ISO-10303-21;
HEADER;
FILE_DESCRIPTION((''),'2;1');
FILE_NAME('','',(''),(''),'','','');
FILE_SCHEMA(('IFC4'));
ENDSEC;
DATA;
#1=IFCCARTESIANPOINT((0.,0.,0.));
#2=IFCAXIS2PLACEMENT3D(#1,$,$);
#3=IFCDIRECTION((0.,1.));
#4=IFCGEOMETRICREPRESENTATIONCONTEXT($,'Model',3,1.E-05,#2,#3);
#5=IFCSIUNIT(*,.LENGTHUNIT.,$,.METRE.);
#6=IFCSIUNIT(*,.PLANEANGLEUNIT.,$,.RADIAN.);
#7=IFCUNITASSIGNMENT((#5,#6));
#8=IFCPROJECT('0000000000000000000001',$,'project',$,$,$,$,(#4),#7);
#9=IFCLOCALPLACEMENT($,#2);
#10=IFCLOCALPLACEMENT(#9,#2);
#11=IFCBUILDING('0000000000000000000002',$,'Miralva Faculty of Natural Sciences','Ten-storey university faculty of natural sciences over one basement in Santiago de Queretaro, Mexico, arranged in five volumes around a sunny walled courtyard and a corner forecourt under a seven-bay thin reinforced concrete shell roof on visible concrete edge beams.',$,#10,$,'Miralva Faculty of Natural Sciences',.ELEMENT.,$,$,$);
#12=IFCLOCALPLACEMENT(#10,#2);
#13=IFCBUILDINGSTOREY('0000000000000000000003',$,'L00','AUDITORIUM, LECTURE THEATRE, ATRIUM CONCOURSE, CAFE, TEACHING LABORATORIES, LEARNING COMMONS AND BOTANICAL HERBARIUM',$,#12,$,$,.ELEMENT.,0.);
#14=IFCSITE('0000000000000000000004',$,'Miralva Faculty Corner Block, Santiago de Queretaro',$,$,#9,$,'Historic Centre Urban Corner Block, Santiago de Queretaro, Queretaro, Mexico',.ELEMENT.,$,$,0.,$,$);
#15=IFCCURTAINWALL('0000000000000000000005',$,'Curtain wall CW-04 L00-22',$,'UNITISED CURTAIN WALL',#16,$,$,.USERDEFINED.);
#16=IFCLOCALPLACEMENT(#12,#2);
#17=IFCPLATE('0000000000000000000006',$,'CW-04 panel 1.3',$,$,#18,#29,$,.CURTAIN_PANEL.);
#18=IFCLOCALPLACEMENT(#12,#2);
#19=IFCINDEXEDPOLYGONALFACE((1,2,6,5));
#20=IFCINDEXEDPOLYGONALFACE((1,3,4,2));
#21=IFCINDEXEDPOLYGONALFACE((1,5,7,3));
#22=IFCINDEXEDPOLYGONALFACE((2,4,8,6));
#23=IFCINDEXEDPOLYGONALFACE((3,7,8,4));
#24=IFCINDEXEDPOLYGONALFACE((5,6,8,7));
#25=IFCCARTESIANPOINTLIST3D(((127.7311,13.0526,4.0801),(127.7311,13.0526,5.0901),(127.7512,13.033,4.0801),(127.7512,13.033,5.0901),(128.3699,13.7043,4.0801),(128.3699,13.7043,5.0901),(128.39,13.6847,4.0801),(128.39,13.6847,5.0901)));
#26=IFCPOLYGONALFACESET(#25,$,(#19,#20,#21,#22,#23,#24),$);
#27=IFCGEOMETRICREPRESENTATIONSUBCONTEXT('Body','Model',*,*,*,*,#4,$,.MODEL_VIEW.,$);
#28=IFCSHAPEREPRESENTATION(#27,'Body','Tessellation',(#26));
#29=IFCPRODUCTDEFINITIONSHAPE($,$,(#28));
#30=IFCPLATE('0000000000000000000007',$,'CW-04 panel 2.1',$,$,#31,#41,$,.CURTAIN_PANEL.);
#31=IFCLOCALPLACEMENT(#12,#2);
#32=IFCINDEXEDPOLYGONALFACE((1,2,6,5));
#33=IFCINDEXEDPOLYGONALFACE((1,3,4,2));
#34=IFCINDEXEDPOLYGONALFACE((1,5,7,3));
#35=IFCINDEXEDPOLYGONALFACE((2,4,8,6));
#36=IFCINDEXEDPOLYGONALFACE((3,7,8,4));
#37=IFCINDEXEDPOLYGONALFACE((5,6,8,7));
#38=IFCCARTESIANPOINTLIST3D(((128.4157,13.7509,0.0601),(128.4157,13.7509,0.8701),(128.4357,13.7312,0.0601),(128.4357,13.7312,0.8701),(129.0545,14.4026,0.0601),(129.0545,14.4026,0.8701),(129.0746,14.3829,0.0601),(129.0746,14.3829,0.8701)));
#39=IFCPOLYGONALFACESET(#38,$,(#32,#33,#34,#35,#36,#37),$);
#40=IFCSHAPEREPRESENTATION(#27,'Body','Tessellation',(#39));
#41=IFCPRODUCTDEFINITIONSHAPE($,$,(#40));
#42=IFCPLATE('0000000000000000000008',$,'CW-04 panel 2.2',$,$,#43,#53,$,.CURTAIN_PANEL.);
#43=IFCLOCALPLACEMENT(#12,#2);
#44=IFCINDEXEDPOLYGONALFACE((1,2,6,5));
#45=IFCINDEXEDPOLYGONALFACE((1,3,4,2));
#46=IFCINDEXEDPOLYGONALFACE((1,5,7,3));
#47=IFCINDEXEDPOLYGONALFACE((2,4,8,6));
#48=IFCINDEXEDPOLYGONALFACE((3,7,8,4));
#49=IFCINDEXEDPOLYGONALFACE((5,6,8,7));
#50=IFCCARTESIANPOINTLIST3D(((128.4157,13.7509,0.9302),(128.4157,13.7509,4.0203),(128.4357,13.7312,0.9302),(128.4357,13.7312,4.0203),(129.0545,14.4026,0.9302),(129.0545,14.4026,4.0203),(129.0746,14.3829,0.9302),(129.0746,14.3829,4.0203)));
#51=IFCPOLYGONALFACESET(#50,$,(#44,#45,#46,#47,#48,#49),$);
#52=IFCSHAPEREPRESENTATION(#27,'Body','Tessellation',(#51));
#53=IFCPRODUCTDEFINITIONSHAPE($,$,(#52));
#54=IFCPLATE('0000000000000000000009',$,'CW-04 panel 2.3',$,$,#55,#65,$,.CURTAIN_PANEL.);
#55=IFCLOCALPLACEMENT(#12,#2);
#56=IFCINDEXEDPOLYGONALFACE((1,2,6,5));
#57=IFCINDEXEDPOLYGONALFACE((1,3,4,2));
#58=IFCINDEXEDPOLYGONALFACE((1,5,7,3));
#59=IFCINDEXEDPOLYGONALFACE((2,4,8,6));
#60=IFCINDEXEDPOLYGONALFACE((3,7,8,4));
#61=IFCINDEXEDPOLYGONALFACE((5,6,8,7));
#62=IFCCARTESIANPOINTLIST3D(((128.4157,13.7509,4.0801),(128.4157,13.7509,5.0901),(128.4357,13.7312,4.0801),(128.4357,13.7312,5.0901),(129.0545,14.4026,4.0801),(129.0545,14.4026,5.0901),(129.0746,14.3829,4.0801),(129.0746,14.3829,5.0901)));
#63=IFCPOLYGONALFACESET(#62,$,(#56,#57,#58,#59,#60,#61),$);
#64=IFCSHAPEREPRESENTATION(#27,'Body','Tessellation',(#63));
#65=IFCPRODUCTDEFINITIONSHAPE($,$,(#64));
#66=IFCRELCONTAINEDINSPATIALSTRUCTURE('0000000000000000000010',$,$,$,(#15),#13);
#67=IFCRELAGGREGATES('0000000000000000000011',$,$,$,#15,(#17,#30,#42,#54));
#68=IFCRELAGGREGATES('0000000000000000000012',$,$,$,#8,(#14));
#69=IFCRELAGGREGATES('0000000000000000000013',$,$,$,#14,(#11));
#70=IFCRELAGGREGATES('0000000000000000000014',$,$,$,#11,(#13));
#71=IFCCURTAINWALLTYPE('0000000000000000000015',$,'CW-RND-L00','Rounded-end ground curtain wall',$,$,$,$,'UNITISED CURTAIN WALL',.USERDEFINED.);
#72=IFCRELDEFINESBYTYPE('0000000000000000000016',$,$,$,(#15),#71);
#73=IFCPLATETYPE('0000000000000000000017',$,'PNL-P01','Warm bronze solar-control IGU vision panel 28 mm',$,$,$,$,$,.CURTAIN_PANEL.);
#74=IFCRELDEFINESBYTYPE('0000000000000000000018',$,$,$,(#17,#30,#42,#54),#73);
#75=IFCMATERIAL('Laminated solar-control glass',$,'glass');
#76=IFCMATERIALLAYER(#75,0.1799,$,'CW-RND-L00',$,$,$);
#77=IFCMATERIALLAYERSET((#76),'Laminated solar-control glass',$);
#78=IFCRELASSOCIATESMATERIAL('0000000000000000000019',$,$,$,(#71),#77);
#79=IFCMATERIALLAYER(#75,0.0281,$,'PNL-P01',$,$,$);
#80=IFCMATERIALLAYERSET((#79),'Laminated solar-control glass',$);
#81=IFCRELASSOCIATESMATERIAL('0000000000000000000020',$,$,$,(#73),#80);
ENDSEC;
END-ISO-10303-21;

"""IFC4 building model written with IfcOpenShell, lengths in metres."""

from ifc_helpers import new_model, si_unit, direction, frame, origin, origin_2d, place, context, subcontext, project, spatial, rectangle, extrude, material, layer, layer_set, type_object, element, aggregate, save


model = new_model("IFC4")

# Units and contexts
model_context = context("Model", 3, precision=1e-05, world=origin(), true_north=direction((0.0, 1.0)))
body_context = subcontext(model_context, "Body", "Model", "MODEL_VIEW")
ifc_project = project(units=[si_unit("LENGTHUNIT", "METRE"), si_unit("PLANEANGLEUNIT", "RADIAN")], contexts=[model_context])

# Site, building, storey
site_placement = place(None, origin())
site = spatial("IfcSite", under=ifc_project, at=site_placement, Name="Miralva Faculty Corner Block, Santiago de Queretaro", LongName="Historic Centre Urban Corner Block, Santiago de Queretaro, Queretaro, Mexico", CompositionType="ELEMENT", RefElevation=0.0)
building_placement = place(site_placement, origin())
building = spatial("IfcBuilding", under=site, at=building_placement, Name="Miralva Faculty of Natural Sciences", Description="Ten-storey university faculty of natural sciences over one basement in Santiago de Queretaro, Mexico, arranged in five volumes around a sunny walled courtyard and a corner forecourt under a seven-bay thin reinforced concrete shell roof on visible concrete edge beams.", LongName="Miralva Faculty of Natural Sciences", CompositionType="ELEMENT")
storey_placement = place(building_placement, origin())
storey = spatial("IfcBuildingStorey", under=building, at=storey_placement, Name="L00", Description="AUDITORIUM, LECTURE THEATRE, ATRIUM CONCOURSE, CAFE, TEACHING LABORATORIES, LEARNING COMMONS AND BOTANICAL HERBARIUM", CompositionType="ELEMENT", Elevation=0.0)

# Curtain wall
ifc_material_1 = material(Name="Laminated solar-control glass", Category="glass")
ifc_layer_1 = layer(ifc_material_1, 0.1799, Name="CW-RND-L00")
ifc_layer_set_1 = layer_set([ifc_layer_1], Name="Laminated solar-control glass")
curtain_wall_type = type_object("IfcCurtainWallType", Name="CW-RND-L00", Description="Rounded-end ground curtain wall", ElementType="UNITISED CURTAIN WALL", PredefinedType="USERDEFINED", material=ifc_layer_set_1)
curtain_wall_1_placement = place(storey_placement, origin())
curtain_wall_1 = element("IfcCurtainWall", 1, at=curtain_wall_1_placement, inside=storey, type_object=curtain_wall_type, Name="Curtain wall CW-04 L00-22", ObjectType="UNITISED CURTAIN WALL", PredefinedType="USERDEFINED")

# Plates
ifc_layer_2 = layer(ifc_material_1, 0.0281, Name="PNL-P01")
ifc_layer_set_2 = layer_set([ifc_layer_2], Name="Laminated solar-control glass")
plate_type = type_object("IfcPlateType", Name="PNL-P01", Description="Warm bronze solar-control IGU vision panel 28 mm", PredefinedType="CURTAIN_PANEL", material=ifc_layer_set_2)
plate_1_placement = place(storey_placement, frame((128.0605, 13.3687, 4.0801), z_axis=(0.0, 0.0, 1.0), x_axis=(0.700018, 0.714125, 0.0)))
plate_1 = element("IfcPlate", 2, at=plate_1_placement, type_object=plate_type, Name="CW-04 panel 1.3", PredefinedType="CURTAIN_PANEL", context=body_context, shape_type="SweptSolid", body=[
    extrude(rectangle(XDim=0.9126, YDim=0.0281, at=origin_2d()), origin(), (0.0, 0.0, 1.0), 1.01),
])
plate_2_placement = place(storey_placement, frame((128.7451, 14.0669, 0.0601), z_axis=(0.0, 0.0, 1.0), x_axis=(0.700018, 0.714125, 0.0)))
plate_2 = element("IfcPlate", 3, at=plate_2_placement, type_object=plate_type, Name="CW-04 panel 2.1", PredefinedType="CURTAIN_PANEL", context=body_context, shape_type="SweptSolid", body=[
    extrude(rectangle(XDim=0.9126, YDim=0.0281, at=origin_2d()), origin(), (0.0, 0.0, 1.0), 0.8101),
])
plate_3_placement = place(storey_placement, frame((128.7451, 14.0669, 0.9302), z_axis=(0.0, 0.0, 1.0), x_axis=(0.700018, 0.714125, 0.0)))
plate_3 = element("IfcPlate", 4, at=plate_3_placement, type_object=plate_type, Name="CW-04 panel 2.2", PredefinedType="CURTAIN_PANEL", context=body_context, shape_type="SweptSolid", body=[
    extrude(rectangle(XDim=0.9126, YDim=0.0281, at=origin_2d()), origin(), (0.0, 0.0, 1.0), 3.0901),
])
plate_4_placement = place(storey_placement, frame((128.7451, 14.0669, 4.0801), z_axis=(0.0, 0.0, 1.0), x_axis=(0.700018, 0.714125, 0.0)))
plate_4 = element("IfcPlate", 5, at=plate_4_placement, type_object=plate_type, Name="CW-04 panel 2.3", PredefinedType="CURTAIN_PANEL", context=body_context, shape_type="SweptSolid", body=[
    extrude(rectangle(XDim=0.9126, YDim=0.0281, at=origin_2d()), origin(), (0.0, 0.0, 1.0), 1.01),
])
aggregate(curtain_wall_1, [plate_1, plate_2, plate_3, plate_4])

save(model, "model.ifc")
